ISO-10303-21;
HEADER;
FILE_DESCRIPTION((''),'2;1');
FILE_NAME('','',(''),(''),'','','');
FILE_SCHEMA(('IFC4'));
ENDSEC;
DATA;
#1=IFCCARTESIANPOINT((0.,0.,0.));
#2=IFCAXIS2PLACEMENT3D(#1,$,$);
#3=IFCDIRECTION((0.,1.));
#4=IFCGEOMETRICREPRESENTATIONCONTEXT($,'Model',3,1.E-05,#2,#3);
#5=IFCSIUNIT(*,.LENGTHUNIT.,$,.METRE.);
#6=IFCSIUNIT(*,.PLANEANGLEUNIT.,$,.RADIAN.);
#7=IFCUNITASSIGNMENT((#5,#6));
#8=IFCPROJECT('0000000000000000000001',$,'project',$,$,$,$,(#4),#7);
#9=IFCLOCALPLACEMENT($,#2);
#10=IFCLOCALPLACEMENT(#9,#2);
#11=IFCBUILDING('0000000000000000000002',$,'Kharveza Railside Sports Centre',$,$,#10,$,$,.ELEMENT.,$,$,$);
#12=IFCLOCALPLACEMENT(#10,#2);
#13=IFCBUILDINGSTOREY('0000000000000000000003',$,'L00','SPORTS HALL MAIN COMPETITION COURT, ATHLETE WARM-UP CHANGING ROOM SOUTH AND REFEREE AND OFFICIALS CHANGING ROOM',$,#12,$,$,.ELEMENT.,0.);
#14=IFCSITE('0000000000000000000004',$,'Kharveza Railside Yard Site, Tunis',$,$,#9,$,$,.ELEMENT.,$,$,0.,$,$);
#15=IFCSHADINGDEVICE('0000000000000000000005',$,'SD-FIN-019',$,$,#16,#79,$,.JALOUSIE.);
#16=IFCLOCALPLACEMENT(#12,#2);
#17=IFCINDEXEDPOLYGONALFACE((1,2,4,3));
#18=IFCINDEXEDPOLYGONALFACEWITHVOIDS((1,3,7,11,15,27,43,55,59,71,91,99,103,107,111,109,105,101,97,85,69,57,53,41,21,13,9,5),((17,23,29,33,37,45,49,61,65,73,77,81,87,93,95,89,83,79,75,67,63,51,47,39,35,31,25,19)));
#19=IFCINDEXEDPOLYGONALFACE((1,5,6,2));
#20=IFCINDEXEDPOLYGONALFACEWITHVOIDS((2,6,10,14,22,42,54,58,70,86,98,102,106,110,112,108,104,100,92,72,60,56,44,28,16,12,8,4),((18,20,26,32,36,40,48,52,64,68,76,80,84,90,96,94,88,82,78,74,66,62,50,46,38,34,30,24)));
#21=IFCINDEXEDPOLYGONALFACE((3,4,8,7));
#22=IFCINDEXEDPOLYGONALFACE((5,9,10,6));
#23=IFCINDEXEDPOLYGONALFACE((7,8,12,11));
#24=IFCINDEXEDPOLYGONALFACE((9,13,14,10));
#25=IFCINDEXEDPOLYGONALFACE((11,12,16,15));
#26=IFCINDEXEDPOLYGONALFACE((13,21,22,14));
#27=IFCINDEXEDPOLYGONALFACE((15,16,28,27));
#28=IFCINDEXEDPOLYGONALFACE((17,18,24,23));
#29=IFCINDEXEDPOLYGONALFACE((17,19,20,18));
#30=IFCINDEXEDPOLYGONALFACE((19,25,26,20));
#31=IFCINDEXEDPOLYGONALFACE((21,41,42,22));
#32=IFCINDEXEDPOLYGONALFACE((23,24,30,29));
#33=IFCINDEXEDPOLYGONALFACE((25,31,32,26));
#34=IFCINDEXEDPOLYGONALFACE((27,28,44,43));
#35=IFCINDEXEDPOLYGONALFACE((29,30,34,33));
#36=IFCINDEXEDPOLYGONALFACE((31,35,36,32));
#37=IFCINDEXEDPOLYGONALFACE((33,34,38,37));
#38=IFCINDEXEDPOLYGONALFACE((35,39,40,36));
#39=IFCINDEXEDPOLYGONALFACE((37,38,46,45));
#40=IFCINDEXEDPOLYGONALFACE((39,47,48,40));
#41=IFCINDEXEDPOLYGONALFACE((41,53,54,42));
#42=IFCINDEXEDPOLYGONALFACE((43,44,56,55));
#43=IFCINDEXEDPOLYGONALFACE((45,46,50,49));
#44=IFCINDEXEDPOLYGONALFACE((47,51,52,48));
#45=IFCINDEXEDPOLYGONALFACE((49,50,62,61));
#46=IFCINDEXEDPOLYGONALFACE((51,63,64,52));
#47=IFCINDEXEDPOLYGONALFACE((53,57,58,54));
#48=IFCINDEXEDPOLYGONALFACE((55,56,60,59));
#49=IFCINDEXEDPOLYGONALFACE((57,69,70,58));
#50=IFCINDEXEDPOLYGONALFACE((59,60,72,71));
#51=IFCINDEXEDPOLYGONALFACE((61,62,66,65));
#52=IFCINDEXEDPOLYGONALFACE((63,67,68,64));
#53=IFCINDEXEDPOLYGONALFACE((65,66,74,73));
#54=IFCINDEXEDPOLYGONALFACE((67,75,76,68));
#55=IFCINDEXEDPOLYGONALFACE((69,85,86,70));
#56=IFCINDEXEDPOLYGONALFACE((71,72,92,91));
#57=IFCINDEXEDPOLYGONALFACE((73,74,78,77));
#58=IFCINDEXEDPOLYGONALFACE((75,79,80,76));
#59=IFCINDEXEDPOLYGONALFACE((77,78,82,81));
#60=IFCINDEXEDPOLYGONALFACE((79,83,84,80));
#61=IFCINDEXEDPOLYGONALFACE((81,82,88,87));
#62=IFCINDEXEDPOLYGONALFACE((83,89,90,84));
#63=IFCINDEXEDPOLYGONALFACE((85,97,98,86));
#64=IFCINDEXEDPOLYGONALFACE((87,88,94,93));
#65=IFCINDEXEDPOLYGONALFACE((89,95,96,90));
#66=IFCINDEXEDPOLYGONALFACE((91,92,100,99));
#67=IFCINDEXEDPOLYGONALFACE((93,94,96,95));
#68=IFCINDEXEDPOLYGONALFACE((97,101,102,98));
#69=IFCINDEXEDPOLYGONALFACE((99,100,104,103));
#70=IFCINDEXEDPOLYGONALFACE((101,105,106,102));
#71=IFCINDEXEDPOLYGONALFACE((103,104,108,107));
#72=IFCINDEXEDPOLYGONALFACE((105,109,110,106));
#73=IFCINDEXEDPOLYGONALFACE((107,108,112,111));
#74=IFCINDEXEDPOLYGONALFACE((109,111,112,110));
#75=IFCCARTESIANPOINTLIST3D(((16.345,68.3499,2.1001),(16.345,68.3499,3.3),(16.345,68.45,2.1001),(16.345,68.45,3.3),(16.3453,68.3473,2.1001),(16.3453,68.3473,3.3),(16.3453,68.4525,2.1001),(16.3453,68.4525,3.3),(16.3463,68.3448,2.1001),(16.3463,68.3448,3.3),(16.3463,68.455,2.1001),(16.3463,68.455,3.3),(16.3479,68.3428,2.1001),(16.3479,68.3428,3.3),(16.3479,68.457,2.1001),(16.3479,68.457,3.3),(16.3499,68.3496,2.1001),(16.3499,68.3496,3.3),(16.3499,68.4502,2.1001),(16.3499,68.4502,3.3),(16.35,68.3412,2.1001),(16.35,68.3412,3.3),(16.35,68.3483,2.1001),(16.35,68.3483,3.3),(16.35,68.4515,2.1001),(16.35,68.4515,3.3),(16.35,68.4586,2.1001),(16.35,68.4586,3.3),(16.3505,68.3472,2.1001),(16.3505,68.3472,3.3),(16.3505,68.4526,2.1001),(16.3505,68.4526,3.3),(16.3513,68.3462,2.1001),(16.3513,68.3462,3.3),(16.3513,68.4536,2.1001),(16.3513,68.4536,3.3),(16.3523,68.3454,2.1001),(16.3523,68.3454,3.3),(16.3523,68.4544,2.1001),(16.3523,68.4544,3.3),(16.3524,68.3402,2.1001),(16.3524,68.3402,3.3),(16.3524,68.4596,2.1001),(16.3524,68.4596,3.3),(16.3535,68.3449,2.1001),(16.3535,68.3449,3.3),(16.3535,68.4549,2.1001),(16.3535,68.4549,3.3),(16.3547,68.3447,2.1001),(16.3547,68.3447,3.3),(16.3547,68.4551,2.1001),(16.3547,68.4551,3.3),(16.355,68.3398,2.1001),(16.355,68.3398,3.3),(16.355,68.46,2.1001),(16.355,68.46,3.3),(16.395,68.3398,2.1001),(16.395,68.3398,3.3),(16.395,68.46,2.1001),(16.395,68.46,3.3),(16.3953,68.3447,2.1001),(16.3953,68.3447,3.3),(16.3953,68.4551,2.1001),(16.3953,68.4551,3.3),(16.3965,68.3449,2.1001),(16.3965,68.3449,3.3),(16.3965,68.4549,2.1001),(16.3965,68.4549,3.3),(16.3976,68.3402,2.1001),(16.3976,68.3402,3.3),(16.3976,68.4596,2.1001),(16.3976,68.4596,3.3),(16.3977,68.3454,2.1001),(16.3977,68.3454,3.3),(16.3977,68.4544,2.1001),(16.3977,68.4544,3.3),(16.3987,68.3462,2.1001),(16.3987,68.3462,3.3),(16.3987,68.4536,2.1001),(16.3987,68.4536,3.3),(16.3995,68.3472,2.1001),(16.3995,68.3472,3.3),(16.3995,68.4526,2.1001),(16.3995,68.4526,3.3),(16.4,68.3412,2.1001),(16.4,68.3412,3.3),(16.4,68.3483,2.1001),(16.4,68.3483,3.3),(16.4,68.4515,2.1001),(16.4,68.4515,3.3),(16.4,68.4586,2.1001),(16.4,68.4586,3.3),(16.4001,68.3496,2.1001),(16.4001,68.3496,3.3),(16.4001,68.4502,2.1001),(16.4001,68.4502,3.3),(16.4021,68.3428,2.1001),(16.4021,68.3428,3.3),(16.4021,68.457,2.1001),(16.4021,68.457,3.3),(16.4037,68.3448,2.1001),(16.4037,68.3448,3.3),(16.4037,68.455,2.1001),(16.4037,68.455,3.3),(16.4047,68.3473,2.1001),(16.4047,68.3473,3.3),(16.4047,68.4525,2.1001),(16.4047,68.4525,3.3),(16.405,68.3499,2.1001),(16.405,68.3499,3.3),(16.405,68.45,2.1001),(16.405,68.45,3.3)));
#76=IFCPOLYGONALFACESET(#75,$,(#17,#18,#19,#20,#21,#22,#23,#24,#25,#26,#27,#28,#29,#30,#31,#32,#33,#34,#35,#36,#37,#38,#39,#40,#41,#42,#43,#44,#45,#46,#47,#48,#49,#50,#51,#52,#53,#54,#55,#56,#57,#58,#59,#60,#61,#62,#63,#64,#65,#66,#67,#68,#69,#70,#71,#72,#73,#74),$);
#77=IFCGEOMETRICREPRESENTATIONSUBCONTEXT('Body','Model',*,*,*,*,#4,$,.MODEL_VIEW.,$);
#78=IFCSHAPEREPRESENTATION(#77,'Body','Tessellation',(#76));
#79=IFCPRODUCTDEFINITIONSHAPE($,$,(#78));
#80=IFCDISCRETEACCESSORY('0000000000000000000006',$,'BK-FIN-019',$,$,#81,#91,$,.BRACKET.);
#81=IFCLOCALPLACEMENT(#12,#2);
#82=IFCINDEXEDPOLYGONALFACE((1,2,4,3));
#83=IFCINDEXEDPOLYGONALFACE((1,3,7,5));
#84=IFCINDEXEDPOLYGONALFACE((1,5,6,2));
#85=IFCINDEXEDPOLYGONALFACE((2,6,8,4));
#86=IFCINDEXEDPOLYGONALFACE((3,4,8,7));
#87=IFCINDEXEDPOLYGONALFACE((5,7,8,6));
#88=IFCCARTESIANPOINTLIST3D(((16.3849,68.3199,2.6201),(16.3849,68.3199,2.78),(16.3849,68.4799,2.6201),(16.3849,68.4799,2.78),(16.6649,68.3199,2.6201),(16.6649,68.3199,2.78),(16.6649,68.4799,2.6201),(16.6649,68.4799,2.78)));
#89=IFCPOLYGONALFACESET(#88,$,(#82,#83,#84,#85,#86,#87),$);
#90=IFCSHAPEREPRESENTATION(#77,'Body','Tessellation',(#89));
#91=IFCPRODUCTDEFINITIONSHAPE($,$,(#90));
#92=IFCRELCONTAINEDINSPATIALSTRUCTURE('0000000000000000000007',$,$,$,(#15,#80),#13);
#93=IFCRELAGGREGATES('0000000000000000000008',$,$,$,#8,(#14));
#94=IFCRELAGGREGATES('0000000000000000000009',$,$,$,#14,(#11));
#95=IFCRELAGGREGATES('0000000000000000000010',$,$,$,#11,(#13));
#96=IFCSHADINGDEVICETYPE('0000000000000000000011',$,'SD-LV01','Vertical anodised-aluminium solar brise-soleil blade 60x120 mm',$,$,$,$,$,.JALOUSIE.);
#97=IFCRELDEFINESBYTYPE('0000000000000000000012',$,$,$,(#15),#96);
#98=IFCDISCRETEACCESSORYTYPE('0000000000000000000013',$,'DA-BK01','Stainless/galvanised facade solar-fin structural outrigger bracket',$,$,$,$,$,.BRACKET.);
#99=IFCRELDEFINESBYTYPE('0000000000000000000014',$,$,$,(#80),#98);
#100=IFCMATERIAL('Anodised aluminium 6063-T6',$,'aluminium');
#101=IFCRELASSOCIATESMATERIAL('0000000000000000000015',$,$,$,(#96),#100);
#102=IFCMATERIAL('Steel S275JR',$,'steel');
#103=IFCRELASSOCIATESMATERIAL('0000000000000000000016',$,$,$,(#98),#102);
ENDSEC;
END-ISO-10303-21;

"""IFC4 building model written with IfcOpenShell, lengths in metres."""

from ifc_helpers import new_model, si_unit, direction, frame, origin, origin_2d, place, context, subcontext, project, spatial, rectangle, hollow_rectangle, extrude, material, material_profile, profile_set, type_object, element, save


model = new_model("IFC4")

# Units and contexts
model_context = context("Model", 3, precision=1e-05, world=origin(), true_north=direction((0.0, 1.0)))
body_context = subcontext(model_context, "Body", "Model", "MODEL_VIEW")
ifc_project = project(units=[si_unit("LENGTHUNIT", "METRE"), si_unit("PLANEANGLEUNIT", "RADIAN")], contexts=[model_context])

# Site, building, storey
site_placement = place(None, origin())
site = spatial("IfcSite", under=ifc_project, at=site_placement, Name="Kharveza Railside Yard Site, Tunis", CompositionType="ELEMENT", RefElevation=0.0)
building_placement = place(site_placement, origin())
building = spatial("IfcBuilding", under=site, at=building_placement, Name="Kharveza Railside Sports Centre", CompositionType="ELEMENT")
storey_placement = place(building_placement, origin())
storey = spatial("IfcBuildingStorey", under=building, at=storey_placement, Name="L00", Description="SPORTS HALL MAIN COMPETITION COURT, ATHLETE WARM-UP CHANGING ROOM SOUTH AND REFEREE AND OFFICIALS CHANGING ROOM", CompositionType="ELEMENT", Elevation=0.0)

# Shading device
ifc_material_1 = material(Name="Anodised aluminium 6063-T6", Category="aluminium")
ifc_material_profile_1 = material_profile(ifc_material_1, hollow_rectangle(XDim=0.0601, YDim=0.1201, WallThickness=0.0049, InnerFilletRadius=0.0049, OuterFilletRadius=0.01, at=origin_2d()), Name="RHS 60x120x5.0")
ifc_profile_set_1 = profile_set([ifc_material_profile_1], Name="Anodised aluminium 6063-T6")
shading_device_type = type_object("IfcShadingDeviceType", Name="SD-LV01", Description="Vertical anodised-aluminium solar brise-soleil blade 60x120 mm", PredefinedType="JALOUSIE", material=ifc_profile_set_1)
shading_device_placement = place(storey_placement, frame((16.375, 68.3999, 2.1001), z_axis=(0.0, 0.0, 1.0), x_axis=(-1.0, 0.0, 0.0)))
element("IfcShadingDevice", 1, at=shading_device_placement, inside=storey, type_object=shading_device_type, Name="SD-FIN-019", PredefinedType="JALOUSIE", context=body_context, shape_type="SweptSolid", body=[
    extrude(hollow_rectangle(XDim=0.0601, YDim=0.1201, WallThickness=0.0049, InnerFilletRadius=0.0049, OuterFilletRadius=0.01, at=origin_2d()), origin(), (0.0, 0.0, 1.0), 1.2),
])

# Discrete accessory
ifc_material_2 = material(Name="Steel S275JR", Category="steel")
discrete_accessory_type = type_object("IfcDiscreteAccessoryType", Name="DA-BK01", Description="Stainless/galvanised facade solar-fin structural outrigger bracket", PredefinedType="BRACKET", material=ifc_material_2)
discrete_accessory_placement = place(storey_placement, frame((16.5249, 68.3999, 2.6201), z_axis=(0.0, 0.0, 1.0), x_axis=(-1.0, 0.0, 0.0)))
element("IfcDiscreteAccessory", 2, at=discrete_accessory_placement, inside=storey, type_object=discrete_accessory_type, Name="BK-FIN-019", PredefinedType="BRACKET", context=body_context, shape_type="SweptSolid", body=[
    extrude(rectangle(XDim=0.28, YDim=0.1599, at=origin_2d()), origin(), (0.0, 0.0, 1.0), 0.1599),
])

save(model, "model.ifc")
